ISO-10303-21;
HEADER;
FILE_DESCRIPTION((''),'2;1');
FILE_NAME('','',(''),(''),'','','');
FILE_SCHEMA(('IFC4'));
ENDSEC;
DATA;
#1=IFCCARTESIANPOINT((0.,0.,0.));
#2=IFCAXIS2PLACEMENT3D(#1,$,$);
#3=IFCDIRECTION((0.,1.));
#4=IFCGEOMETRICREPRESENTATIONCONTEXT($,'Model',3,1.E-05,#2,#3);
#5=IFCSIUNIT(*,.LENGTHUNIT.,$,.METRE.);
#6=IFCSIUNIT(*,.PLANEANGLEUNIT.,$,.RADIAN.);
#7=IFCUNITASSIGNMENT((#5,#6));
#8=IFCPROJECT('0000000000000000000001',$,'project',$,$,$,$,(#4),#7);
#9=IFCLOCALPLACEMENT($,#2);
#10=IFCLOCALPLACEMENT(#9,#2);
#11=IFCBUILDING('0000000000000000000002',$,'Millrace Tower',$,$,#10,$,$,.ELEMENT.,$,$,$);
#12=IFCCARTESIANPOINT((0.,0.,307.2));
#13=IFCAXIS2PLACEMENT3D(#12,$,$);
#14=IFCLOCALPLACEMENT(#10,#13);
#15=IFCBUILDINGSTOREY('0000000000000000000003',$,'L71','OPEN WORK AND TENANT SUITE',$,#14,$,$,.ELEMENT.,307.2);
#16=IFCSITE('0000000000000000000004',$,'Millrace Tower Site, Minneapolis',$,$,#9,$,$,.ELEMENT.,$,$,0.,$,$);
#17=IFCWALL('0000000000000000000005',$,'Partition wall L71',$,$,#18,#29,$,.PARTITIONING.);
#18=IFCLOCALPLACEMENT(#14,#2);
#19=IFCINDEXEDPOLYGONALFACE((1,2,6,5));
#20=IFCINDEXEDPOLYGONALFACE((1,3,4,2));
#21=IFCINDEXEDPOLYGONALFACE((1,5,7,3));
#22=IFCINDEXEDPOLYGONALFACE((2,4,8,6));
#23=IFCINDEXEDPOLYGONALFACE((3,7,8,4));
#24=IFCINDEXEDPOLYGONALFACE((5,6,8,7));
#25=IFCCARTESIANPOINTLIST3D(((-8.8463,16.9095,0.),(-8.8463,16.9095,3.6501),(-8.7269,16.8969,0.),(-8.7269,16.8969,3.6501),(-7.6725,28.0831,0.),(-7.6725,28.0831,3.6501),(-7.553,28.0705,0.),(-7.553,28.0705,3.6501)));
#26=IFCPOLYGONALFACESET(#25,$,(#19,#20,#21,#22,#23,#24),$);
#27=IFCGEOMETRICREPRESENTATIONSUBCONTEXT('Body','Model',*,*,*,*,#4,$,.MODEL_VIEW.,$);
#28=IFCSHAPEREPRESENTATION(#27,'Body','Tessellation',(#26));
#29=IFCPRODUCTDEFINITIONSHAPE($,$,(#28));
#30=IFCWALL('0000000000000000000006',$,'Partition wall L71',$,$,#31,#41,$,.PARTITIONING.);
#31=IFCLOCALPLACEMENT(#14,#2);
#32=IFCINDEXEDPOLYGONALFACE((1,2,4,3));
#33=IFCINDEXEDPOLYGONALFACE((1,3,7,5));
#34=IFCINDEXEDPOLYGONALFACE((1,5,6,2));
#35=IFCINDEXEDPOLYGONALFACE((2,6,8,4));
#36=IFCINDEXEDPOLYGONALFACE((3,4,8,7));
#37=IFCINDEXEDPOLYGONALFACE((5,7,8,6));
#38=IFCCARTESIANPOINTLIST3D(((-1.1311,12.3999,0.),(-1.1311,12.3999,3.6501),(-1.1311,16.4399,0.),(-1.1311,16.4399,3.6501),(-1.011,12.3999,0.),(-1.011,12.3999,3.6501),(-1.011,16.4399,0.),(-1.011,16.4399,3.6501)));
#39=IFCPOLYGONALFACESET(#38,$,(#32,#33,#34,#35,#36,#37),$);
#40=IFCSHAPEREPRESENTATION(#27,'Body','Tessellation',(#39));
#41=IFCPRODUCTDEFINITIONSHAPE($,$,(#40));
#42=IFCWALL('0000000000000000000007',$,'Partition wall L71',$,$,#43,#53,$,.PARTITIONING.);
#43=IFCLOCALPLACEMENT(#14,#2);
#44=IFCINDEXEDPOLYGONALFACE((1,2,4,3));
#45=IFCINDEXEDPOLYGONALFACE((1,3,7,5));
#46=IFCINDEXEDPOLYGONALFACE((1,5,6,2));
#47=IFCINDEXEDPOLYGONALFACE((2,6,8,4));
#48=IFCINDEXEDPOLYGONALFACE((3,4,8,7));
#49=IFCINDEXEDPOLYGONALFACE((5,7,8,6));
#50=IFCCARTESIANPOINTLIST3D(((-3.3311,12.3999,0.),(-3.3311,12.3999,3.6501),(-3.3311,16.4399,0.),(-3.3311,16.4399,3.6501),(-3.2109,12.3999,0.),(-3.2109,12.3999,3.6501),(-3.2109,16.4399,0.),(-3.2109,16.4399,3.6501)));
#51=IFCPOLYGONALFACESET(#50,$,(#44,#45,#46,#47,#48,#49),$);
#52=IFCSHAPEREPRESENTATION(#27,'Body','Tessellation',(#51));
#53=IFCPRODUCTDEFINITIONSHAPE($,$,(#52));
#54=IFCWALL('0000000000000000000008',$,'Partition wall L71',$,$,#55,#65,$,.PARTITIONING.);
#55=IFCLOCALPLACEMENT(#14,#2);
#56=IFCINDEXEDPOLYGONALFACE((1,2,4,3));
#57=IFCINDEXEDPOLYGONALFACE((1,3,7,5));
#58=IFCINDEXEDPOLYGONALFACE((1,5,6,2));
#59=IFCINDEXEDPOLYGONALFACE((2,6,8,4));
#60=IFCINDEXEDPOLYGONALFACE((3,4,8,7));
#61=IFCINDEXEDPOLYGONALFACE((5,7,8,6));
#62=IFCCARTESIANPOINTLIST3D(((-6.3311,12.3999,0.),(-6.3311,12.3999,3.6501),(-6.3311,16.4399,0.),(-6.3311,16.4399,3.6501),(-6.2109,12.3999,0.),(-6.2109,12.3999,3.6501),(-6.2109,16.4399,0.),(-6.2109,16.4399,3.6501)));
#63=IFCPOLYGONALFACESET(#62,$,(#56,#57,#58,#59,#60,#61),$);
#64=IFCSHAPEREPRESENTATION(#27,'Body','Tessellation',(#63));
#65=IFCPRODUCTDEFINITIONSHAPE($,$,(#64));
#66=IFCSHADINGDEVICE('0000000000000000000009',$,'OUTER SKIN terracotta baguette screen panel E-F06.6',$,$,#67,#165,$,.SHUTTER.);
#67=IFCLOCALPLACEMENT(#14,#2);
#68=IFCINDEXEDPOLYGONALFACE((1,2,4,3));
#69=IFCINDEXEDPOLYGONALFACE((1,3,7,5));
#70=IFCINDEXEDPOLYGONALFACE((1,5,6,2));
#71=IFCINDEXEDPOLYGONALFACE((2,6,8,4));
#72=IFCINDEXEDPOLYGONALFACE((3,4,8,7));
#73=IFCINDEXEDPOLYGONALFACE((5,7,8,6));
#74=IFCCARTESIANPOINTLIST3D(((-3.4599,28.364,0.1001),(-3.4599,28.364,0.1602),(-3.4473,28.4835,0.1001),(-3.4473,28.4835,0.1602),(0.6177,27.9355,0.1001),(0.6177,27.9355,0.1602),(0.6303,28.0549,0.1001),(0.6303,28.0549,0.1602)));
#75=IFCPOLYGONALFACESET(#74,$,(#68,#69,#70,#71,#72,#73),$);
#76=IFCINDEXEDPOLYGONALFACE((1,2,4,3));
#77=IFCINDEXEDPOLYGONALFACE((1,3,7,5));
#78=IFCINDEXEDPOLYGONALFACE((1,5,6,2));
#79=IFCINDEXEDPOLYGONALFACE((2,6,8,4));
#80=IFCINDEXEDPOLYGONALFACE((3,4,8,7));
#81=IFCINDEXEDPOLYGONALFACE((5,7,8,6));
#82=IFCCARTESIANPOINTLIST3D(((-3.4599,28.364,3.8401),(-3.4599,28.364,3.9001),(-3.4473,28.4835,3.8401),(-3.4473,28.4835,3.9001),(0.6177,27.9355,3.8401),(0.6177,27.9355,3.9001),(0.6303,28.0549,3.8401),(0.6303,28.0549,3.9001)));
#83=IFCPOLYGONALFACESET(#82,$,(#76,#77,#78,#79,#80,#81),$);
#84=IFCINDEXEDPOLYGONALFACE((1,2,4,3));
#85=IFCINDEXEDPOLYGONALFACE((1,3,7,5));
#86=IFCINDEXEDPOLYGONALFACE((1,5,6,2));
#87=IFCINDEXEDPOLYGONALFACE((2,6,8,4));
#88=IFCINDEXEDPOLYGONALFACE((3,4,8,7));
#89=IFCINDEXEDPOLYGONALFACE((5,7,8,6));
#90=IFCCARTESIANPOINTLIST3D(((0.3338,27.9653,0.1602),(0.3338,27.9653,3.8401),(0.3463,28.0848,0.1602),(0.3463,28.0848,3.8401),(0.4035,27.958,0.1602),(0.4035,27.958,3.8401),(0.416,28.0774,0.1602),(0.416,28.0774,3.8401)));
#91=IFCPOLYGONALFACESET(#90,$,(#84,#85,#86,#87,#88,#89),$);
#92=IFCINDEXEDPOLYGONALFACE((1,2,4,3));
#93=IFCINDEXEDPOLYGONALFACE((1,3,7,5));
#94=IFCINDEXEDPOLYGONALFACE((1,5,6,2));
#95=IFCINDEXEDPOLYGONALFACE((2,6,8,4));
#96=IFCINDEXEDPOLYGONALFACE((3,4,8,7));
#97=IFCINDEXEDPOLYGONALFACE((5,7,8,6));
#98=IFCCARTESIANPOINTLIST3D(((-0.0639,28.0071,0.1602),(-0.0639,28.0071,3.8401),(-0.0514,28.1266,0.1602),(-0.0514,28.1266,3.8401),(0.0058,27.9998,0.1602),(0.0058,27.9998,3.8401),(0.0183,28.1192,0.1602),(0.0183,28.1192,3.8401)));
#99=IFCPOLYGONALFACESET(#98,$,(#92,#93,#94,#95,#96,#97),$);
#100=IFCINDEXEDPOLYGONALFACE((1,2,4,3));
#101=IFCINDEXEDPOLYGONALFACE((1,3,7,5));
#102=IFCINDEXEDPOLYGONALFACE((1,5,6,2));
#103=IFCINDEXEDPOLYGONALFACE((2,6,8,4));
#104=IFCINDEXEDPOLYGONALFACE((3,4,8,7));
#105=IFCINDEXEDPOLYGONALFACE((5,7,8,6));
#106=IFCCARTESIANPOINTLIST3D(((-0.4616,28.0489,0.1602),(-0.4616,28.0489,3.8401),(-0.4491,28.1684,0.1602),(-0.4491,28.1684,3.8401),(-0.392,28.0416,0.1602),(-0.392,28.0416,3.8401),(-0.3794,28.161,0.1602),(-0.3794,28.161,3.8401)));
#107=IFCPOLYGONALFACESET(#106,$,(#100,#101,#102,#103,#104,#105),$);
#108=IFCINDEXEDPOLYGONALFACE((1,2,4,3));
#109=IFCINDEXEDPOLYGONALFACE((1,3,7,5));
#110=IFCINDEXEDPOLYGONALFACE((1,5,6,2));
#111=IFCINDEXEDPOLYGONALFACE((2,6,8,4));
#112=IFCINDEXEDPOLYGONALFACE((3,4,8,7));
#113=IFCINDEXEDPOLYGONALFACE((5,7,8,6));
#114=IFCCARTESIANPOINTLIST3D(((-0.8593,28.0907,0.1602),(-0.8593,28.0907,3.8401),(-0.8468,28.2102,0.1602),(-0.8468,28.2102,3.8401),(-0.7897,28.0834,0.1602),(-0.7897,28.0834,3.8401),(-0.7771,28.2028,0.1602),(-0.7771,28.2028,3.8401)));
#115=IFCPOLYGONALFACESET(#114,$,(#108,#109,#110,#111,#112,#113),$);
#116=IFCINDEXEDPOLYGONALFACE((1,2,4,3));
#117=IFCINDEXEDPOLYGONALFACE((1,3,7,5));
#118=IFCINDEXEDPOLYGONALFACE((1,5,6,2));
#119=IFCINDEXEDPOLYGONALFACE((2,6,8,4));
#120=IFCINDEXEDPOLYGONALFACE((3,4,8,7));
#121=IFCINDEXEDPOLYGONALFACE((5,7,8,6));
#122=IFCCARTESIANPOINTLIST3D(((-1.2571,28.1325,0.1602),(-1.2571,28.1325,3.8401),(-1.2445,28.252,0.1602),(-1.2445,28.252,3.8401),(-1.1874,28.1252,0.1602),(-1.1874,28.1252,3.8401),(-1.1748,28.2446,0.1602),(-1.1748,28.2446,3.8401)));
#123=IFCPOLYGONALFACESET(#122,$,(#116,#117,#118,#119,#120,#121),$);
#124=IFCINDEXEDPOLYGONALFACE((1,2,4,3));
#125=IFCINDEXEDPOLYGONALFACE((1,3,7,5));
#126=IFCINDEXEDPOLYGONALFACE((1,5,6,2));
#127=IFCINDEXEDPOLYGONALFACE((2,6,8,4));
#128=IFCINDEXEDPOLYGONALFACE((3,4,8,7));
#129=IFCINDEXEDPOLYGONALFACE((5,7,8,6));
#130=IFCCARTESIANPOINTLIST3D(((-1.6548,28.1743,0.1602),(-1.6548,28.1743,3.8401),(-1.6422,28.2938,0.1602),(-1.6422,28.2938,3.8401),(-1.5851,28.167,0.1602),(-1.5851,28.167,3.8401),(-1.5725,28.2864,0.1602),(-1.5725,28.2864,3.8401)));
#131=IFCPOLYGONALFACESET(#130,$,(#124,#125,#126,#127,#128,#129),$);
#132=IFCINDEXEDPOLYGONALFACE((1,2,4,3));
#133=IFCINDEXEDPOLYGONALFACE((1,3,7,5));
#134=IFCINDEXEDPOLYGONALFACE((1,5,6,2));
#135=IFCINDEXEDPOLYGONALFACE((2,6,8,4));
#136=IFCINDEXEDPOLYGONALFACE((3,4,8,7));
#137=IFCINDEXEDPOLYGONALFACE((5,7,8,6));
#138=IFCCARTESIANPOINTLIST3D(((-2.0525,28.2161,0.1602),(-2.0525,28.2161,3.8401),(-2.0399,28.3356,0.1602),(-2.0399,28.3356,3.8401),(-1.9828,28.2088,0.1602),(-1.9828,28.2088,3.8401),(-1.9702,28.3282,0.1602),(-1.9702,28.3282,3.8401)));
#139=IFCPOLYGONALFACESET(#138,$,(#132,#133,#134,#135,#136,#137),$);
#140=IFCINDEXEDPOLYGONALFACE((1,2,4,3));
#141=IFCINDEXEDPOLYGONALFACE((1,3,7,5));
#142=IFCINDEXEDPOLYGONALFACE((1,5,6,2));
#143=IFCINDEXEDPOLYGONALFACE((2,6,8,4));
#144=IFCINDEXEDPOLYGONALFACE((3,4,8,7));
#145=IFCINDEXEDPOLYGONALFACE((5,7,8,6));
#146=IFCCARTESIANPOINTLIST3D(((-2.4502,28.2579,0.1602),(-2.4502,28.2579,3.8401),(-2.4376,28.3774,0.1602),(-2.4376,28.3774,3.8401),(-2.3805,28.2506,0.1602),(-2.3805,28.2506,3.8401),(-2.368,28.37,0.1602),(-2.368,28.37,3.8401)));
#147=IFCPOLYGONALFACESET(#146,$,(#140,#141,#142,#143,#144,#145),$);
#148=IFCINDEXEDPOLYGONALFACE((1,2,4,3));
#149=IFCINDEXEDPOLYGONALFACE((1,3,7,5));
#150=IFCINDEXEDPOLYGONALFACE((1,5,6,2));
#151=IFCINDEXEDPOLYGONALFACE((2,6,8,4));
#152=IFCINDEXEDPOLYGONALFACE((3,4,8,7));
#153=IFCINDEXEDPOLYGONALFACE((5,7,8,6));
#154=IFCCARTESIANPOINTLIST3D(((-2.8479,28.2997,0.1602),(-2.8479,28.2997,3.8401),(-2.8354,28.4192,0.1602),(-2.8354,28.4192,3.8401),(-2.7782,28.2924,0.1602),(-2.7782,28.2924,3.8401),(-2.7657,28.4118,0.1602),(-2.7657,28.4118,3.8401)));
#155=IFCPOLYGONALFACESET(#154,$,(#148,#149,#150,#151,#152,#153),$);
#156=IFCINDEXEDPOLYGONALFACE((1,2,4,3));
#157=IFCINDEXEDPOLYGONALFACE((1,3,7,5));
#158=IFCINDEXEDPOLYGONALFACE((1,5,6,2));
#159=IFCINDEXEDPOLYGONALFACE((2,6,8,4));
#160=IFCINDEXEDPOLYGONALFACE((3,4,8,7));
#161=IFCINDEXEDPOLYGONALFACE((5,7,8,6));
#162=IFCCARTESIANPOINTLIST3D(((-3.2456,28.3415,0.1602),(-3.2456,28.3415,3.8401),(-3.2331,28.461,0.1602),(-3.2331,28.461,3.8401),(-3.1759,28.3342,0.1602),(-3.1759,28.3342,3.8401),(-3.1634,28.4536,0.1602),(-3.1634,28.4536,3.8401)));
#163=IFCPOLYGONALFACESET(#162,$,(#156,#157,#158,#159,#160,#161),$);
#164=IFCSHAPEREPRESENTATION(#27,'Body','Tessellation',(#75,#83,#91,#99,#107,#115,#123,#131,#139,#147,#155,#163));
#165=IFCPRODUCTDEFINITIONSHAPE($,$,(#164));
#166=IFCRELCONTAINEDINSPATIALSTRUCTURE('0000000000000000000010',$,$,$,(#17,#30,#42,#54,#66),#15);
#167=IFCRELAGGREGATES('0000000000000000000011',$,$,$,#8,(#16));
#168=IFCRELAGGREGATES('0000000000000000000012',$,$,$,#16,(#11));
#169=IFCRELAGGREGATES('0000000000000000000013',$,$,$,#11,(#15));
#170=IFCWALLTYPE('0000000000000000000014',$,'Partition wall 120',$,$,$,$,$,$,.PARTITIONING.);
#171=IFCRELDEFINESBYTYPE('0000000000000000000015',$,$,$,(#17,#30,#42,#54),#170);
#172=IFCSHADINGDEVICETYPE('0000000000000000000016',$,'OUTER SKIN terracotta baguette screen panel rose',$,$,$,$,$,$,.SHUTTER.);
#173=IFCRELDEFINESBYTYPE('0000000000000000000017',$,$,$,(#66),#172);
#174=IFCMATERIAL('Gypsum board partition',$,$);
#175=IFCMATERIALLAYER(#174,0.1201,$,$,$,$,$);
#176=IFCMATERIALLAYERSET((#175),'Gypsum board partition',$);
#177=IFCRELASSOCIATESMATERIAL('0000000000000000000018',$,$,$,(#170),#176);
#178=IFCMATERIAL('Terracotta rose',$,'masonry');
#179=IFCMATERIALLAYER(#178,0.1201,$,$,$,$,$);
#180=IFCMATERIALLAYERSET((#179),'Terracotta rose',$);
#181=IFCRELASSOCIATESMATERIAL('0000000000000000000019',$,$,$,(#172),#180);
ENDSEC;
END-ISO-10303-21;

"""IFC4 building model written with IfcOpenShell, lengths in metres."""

from ifc_helpers import new_model, entity, si_unit, direction, frame, frame_2d, origin, place, context, subcontext, project, spatial, rectangle, extrude, source, transform, mapped, material, layer, layer_set, type_object, element, save


model = new_model("IFC4")

# Units and contexts
model_context = context("Model", 3, precision=1e-05, world=origin(), true_north=direction((0.0, 1.0)))
body_context = subcontext(model_context, "Body", "Model", "MODEL_VIEW")
ifc_project = project(units=[si_unit("LENGTHUNIT", "METRE"), si_unit("PLANEANGLEUNIT", "RADIAN")], contexts=[model_context])

# Site, building, storey
site_placement = place(None, origin())
site = spatial("IfcSite", under=ifc_project, at=site_placement, Name="Millrace Tower Site, Minneapolis", CompositionType="ELEMENT", RefElevation=0.0)
building_placement = place(site_placement, origin())
building = spatial("IfcBuilding", under=site, at=building_placement, Name="Millrace Tower", CompositionType="ELEMENT")
storey_placement = place(building_placement, frame((0.0, 0.0, 307.2)))
storey = spatial("IfcBuildingStorey", under=building, at=storey_placement, Name="L71", Description="OPEN WORK AND TENANT SUITE", CompositionType="ELEMENT", Elevation=307.2)

# Walls
ifc_material_1 = material(Name="Gypsum board partition")
ifc_layer_1 = layer(ifc_material_1, 0.1201)
ifc_layer_set_1 = layer_set([ifc_layer_1], Name="Gypsum board partition")
wall_type_1 = type_object("IfcWallType", Name="Partition wall 120", PredefinedType="PARTITIONING", material=ifc_layer_set_1)
wall_1_placement = place(storey_placement, frame((-8.7866, 16.9031, 0.0), z_axis=(0.0, 0.0, 1.0), x_axis=(0.104479, 0.994527, 0.0)))
element("IfcWall", 1, at=wall_1_placement, inside=storey, type_object=wall_type_1, Name="Partition wall L71", PredefinedType="PARTITIONING", context=body_context, shape_type="SweptSolid", body=[
    extrude(rectangle(XDim=11.2351, YDim=0.1201, at=frame_2d((5.6177, 0.0))), origin(), (0.0, 0.0, 1.0), 3.6501),
])
for number, where, z_axis, x_axis, name in (
    (2, (-1.071, 12.3999, 0.0), (0.0, 0.0, 1.0), (0.0, 1.0, 0.0), "Partition wall L71"),
    (3, (-3.271, 12.3999, 0.0), (0.0, 0.0, 1.0), (0.0, 1.0, 0.0), "Partition wall L71"),
    (4, (-6.271, 12.3999, 0.0), (0.0, 0.0, 1.0), (0.0, 1.0, 0.0), "Partition wall L71"),
):
    element("IfcWall", number, at=place(storey_placement, frame(where, z_axis=z_axis, x_axis=x_axis)), inside=storey, type_object=wall_type_1, Name=name, PredefinedType="PARTITIONING", context=body_context, shape_type="SweptSolid", body=[
        extrude(rectangle(XDim=4.04, YDim=0.1201, at=frame_2d((2.02, 0.0))), origin(), (0.0, 0.0, 1.0), 3.6501),
    ])

# Shading device
ifc_material_2 = material(Name="Terracotta rose", Category="masonry")
ifc_layer_2 = layer(ifc_material_2, 0.1201)
ifc_layer_set_2 = layer_set([ifc_layer_2], Name="Terracotta rose")
shading_device_type = type_object("IfcShadingDeviceType", Name="OUTER SKIN terracotta baguette screen panel rose", PredefinedType="SHUTTER", material=ifc_layer_set_2)
cartesian_point_1 = entity("IfcCartesianPoint", [-2.05, 0.0601])
shared_polyline_1 = entity("IfcPolyline", [cartesian_point_1, entity("IfcCartesianPoint", [2.05, 0.0601]), entity("IfcCartesianPoint", [2.05, -0.0601]), entity("IfcCartesianPoint", [-2.05, -0.0601]), cartesian_point_1])
shared_shape_1 = source(origin(), body_context, "Body", "SweptSolid", [
    entity("IfcExtrudedAreaSolid", entity("IfcArbitraryClosedProfileDef", "AREA", None, shared_polyline_1), entity("IfcAxis2Placement3D", entity("IfcCartesianPoint", [0.0, 0.0, 0.0])), entity("IfcDirection", [0.0, 0.0, 1.0]), 0.0601),
    entity("IfcExtrudedAreaSolid", entity("IfcArbitraryClosedProfileDef", "AREA", None, shared_polyline_1), entity("IfcAxis2Placement3D", entity("IfcCartesianPoint", [0.0, 0.0, 3.74])), entity("IfcDirection", [0.0, 0.0, 1.0]), 0.0601),
    extrude(rectangle(XDim=0.0701, YDim=0.1201, at=frame_2d((-1.7996, 0.0))), frame((0.0, 0.0, 0.0601)), (0.0, 0.0, 1.0), 3.6799),
    extrude(rectangle(XDim=0.0701, YDim=0.1201, at=frame_2d((-1.3997, 0.0))), frame((0.0, 0.0, 0.0601)), (0.0, 0.0, 1.0), 3.6799),
    extrude(rectangle(XDim=0.0701, YDim=0.1201, at=frame_2d((-0.9998, 0.0))), frame((0.0, 0.0, 0.0601)), (0.0, 0.0, 1.0), 3.6799),
    extrude(rectangle(XDim=0.0701, YDim=0.1201, at=frame_2d((-0.5999, 0.0))), frame((0.0, 0.0, 0.0601)), (0.0, 0.0, 1.0), 3.6799),
    extrude(rectangle(XDim=0.0701, YDim=0.1201, at=frame_2d((-0.2, 0.0))), frame((0.0, 0.0, 0.0601)), (0.0, 0.0, 1.0), 3.6799),
    extrude(rectangle(XDim=0.0701, YDim=0.1201, at=frame_2d((0.2, 0.0))), frame((0.0, 0.0, 0.0601)), (0.0, 0.0, 1.0), 3.6799),
    extrude(rectangle(XDim=0.0701, YDim=0.1201, at=frame_2d((0.5999, 0.0))), frame((0.0, 0.0, 0.0601)), (0.0, 0.0, 1.0), 3.6799),
    extrude(rectangle(XDim=0.0701, YDim=0.1201, at=frame_2d((0.9998, 0.0))), frame((0.0, 0.0, 0.0601)), (0.0, 0.0, 1.0), 3.6799),
    extrude(rectangle(XDim=0.0701, YDim=0.1201, at=frame_2d((1.3997, 0.0))), frame((0.0, 0.0, 0.0601)), (0.0, 0.0, 1.0), 3.6799),
    extrude(rectangle(XDim=0.0701, YDim=0.1201, at=frame_2d((1.7996, 0.0))), frame((0.0, 0.0, 0.0601)), (0.0, 0.0, 1.0), 3.6799),
])
for number, where, z_axis, x_axis, name in (
    (5, (-1.4148, 28.2095, 0.1001), (0.0, 0.0, 1.0), (-0.994522, 0.104528, 0.0), "OUTER SKIN terracotta baguette screen panel E-F06.6"),
):
    element("IfcShadingDevice", number, at=place(storey_placement, frame(where, z_axis=z_axis, x_axis=x_axis)), inside=storey, type_object=shading_device_type, Name=name, PredefinedType="SHUTTER", context=body_context, shape_type="MappedRepresentation", body=[
        mapped(shared_shape_1, transform((0.0, 0.0, 0.0), scale=1.0)),
    ])

save(model, "model.ifc")
